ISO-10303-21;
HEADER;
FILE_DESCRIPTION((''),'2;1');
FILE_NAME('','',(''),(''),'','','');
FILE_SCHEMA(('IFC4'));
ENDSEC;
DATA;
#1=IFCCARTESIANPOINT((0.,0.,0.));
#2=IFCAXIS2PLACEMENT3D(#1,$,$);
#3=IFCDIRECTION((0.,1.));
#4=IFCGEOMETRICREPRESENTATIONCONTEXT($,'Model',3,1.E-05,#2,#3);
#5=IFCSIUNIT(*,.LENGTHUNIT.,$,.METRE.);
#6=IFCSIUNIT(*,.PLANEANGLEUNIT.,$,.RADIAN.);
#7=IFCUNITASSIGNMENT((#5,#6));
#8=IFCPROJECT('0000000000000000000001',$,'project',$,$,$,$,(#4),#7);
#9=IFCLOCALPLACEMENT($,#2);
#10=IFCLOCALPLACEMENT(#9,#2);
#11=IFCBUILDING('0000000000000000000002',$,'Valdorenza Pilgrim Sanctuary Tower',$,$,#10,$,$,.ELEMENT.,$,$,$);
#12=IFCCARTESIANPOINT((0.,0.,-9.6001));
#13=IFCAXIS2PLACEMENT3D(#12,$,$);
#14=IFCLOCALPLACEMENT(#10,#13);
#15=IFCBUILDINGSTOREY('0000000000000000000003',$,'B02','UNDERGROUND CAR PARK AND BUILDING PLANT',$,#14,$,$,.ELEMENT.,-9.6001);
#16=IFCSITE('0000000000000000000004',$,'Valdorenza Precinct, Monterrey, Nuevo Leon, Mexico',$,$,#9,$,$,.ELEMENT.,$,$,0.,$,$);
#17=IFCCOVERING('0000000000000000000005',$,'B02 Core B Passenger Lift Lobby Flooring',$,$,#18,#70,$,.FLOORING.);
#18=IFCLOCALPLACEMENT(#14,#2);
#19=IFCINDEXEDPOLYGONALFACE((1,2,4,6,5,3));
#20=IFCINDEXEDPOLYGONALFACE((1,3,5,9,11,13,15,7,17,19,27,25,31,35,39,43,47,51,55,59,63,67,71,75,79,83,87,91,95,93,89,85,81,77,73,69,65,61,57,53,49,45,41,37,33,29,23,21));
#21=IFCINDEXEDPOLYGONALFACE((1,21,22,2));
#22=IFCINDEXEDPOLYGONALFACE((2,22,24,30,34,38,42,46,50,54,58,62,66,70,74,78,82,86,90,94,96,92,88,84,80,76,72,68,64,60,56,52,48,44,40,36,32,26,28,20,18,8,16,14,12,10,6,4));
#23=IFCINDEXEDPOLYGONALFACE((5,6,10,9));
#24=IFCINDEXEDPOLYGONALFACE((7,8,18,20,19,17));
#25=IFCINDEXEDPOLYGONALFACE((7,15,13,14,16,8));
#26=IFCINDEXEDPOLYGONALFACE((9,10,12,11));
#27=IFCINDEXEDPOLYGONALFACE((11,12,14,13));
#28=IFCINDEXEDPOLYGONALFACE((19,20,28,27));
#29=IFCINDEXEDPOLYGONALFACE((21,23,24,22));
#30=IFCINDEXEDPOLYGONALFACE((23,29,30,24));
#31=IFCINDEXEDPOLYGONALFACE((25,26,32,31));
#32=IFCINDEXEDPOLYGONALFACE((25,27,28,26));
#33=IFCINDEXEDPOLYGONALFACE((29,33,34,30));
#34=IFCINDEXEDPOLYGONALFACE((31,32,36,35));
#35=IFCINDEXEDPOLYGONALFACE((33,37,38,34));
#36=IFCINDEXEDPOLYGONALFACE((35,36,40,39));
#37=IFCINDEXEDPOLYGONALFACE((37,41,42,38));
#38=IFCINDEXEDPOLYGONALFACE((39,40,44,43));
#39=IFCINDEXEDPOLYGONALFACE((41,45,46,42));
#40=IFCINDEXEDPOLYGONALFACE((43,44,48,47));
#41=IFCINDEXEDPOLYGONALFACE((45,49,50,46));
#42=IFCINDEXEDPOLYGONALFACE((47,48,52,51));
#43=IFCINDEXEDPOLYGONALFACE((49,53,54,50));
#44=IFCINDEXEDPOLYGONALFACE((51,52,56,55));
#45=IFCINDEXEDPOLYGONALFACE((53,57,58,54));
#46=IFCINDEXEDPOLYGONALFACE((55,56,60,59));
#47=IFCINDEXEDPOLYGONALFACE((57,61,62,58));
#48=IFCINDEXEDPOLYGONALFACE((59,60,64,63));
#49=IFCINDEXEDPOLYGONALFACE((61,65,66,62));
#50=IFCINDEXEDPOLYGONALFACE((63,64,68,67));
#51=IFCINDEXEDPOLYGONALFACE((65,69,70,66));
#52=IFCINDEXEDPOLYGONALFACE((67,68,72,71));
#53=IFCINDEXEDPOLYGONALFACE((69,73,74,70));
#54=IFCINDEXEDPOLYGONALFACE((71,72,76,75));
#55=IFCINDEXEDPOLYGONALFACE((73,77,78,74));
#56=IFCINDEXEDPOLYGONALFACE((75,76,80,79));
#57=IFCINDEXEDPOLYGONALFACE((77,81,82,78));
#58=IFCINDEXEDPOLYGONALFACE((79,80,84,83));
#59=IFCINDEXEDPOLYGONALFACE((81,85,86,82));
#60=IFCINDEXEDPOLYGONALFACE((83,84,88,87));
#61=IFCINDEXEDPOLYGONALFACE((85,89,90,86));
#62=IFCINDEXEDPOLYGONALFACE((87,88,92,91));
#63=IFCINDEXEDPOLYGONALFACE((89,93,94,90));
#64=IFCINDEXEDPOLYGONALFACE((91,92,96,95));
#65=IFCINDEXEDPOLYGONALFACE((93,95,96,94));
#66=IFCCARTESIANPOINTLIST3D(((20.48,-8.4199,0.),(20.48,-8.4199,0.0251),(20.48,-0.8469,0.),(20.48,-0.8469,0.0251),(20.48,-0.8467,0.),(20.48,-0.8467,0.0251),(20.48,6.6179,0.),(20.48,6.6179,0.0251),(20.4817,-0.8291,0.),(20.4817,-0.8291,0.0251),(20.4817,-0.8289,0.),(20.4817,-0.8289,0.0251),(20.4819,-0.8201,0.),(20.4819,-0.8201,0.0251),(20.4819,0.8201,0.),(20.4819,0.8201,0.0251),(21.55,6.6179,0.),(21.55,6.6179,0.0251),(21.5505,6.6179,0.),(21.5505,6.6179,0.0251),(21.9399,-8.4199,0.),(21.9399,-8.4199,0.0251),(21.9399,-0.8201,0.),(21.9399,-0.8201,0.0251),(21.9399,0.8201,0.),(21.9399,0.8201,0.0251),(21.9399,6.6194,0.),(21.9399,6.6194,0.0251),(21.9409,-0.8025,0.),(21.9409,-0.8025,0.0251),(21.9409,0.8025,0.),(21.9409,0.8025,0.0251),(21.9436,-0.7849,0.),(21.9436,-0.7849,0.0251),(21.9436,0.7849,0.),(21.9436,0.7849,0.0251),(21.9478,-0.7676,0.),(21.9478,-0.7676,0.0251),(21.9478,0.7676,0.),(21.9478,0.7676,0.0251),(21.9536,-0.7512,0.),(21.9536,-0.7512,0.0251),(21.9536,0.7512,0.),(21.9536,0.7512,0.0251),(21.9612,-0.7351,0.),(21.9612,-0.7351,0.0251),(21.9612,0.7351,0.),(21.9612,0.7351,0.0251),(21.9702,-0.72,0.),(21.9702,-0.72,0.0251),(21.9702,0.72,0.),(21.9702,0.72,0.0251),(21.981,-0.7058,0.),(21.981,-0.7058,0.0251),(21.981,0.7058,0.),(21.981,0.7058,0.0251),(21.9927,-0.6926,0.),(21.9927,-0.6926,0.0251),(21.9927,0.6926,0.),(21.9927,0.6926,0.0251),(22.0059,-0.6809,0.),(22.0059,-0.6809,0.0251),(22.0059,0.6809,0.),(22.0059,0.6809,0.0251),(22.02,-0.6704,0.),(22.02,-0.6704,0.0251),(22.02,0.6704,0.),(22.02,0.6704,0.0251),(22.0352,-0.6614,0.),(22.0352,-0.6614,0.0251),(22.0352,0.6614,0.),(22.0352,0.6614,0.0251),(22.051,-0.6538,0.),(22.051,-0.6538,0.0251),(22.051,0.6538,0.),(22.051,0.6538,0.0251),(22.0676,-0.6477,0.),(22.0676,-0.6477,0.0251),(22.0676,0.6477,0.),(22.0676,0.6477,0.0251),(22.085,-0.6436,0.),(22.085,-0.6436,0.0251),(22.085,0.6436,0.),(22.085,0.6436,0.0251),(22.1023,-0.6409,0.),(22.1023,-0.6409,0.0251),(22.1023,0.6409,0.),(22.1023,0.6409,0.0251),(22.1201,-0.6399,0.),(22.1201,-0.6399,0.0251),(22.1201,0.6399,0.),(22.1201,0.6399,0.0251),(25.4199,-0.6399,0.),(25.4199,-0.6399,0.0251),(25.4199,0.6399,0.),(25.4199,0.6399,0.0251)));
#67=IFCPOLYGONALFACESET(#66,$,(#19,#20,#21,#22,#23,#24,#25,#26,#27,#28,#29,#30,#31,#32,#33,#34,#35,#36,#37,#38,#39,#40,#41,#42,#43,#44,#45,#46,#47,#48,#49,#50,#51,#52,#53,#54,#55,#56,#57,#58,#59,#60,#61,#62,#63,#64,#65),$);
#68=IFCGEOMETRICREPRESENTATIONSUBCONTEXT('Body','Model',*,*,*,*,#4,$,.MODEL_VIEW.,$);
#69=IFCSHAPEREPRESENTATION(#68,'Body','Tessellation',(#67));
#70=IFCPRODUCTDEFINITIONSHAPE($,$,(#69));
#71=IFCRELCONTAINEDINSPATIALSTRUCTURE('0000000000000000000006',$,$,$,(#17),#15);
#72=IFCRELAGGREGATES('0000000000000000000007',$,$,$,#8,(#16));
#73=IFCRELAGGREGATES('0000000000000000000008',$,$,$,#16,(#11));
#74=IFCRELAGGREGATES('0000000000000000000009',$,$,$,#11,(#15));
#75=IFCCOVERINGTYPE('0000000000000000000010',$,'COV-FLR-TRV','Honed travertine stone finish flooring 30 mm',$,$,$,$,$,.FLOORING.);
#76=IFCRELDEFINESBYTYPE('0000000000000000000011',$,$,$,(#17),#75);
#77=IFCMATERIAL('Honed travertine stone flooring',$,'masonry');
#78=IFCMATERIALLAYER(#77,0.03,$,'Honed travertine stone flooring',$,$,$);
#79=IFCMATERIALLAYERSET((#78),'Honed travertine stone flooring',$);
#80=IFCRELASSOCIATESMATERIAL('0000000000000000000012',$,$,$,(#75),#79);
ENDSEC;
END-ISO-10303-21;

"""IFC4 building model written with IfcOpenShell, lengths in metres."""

from ifc_helpers import new_model, si_unit, direction, frame, origin, place, context, subcontext, project, spatial, polyline, outline, extrude, material, layer, layer_set, type_object, element, save


model = new_model("IFC4")

# Units and contexts
model_context = context("Model", 3, precision=1e-05, world=origin(), true_north=direction((0.0, 1.0)))
body_context = subcontext(model_context, "Body", "Model", "MODEL_VIEW")
ifc_project = project(units=[si_unit("LENGTHUNIT", "METRE"), si_unit("PLANEANGLEUNIT", "RADIAN")], contexts=[model_context])

# Site, building, storey
site_placement = place(None, origin())
site = spatial("IfcSite", under=ifc_project, at=site_placement, Name="Valdorenza Precinct, Monterrey, Nuevo Leon, Mexico", CompositionType="ELEMENT", RefElevation=0.0)
building_placement = place(site_placement, origin())
building = spatial("IfcBuilding", under=site, at=building_placement, Name="Valdorenza Pilgrim Sanctuary Tower", CompositionType="ELEMENT")
storey_placement = place(building_placement, frame((0.0, 0.0, -9.6001)))
storey = spatial("IfcBuildingStorey", under=building, at=storey_placement, Name="B02", Description="UNDERGROUND CAR PARK AND BUILDING PLANT", CompositionType="ELEMENT", Elevation=-9.6001)

# Covering
ifc_material_1 = material(Name="Honed travertine stone flooring", Category="masonry")
ifc_layer_1 = layer(ifc_material_1, 0.03, Name="Honed travertine stone flooring")
ifc_layer_set_1 = layer_set([ifc_layer_1], Name="Honed travertine stone flooring")
covering_type_1 = type_object("IfcCoveringType", Name="COV-FLR-TRV", Description="Honed travertine stone finish flooring 30 mm", PredefinedType="FLOORING", material=ifc_layer_set_1)
covering_1_placement = place(storey_placement, origin())
element("IfcCovering", 1, at=covering_1_placement, inside=storey, type_object=covering_type_1, Name="B02 Core B Passenger Lift Lobby Flooring", PredefinedType="FLOORING", context=body_context, shape_type="SweptSolid", body=[
    extrude(outline(polyline([(20.48, 6.6179), (21.55, 6.6179), (21.5505, 6.6179), (21.9399, 6.6194), (21.9399, 0.8201), (21.9409, 0.8025), (21.9436, 0.7849), (21.9478, 0.7676), (21.9536, 0.7512), (21.9612, 0.7351), (21.9702, 0.72), (21.981, 0.7058), (21.9927, 0.6926), (22.0059, 0.6809), (22.02, 0.6704), (22.0352, 0.6614), (22.051, 0.6538), (22.0676, 0.6477), (22.085, 0.6436), (22.1023, 0.6409), (22.1201, 0.6399), (25.4199, 0.6399), (25.4199, -0.6399), (22.1201, -0.6399), (22.1023, -0.6409), (22.085, -0.6436), (22.0676, -0.6477), (22.051, -0.6538), (22.0352, -0.6614), (22.02, -0.6704), (22.0059, -0.6809), (21.9927, -0.6926), (21.981, -0.7058), (21.9702, -0.72), (21.9612, -0.7351), (21.9536, -0.7512), (21.9478, -0.7676), (21.9436, -0.7849), (21.9409, -0.8025), (21.9399, -0.8201), (21.9399, -8.4199), (20.48, -8.4199), (20.48, -0.8469), (20.48, -0.8467), (20.48, -0.8467), (20.4817, -0.8291), (20.4817, -0.8289), (20.4819, -0.8201), (20.4819, 0.8201), (20.48, 6.6179)])), origin(), (0.0, 0.0, 1.0), 0.0251),
])

save(model, "model.ifc")
